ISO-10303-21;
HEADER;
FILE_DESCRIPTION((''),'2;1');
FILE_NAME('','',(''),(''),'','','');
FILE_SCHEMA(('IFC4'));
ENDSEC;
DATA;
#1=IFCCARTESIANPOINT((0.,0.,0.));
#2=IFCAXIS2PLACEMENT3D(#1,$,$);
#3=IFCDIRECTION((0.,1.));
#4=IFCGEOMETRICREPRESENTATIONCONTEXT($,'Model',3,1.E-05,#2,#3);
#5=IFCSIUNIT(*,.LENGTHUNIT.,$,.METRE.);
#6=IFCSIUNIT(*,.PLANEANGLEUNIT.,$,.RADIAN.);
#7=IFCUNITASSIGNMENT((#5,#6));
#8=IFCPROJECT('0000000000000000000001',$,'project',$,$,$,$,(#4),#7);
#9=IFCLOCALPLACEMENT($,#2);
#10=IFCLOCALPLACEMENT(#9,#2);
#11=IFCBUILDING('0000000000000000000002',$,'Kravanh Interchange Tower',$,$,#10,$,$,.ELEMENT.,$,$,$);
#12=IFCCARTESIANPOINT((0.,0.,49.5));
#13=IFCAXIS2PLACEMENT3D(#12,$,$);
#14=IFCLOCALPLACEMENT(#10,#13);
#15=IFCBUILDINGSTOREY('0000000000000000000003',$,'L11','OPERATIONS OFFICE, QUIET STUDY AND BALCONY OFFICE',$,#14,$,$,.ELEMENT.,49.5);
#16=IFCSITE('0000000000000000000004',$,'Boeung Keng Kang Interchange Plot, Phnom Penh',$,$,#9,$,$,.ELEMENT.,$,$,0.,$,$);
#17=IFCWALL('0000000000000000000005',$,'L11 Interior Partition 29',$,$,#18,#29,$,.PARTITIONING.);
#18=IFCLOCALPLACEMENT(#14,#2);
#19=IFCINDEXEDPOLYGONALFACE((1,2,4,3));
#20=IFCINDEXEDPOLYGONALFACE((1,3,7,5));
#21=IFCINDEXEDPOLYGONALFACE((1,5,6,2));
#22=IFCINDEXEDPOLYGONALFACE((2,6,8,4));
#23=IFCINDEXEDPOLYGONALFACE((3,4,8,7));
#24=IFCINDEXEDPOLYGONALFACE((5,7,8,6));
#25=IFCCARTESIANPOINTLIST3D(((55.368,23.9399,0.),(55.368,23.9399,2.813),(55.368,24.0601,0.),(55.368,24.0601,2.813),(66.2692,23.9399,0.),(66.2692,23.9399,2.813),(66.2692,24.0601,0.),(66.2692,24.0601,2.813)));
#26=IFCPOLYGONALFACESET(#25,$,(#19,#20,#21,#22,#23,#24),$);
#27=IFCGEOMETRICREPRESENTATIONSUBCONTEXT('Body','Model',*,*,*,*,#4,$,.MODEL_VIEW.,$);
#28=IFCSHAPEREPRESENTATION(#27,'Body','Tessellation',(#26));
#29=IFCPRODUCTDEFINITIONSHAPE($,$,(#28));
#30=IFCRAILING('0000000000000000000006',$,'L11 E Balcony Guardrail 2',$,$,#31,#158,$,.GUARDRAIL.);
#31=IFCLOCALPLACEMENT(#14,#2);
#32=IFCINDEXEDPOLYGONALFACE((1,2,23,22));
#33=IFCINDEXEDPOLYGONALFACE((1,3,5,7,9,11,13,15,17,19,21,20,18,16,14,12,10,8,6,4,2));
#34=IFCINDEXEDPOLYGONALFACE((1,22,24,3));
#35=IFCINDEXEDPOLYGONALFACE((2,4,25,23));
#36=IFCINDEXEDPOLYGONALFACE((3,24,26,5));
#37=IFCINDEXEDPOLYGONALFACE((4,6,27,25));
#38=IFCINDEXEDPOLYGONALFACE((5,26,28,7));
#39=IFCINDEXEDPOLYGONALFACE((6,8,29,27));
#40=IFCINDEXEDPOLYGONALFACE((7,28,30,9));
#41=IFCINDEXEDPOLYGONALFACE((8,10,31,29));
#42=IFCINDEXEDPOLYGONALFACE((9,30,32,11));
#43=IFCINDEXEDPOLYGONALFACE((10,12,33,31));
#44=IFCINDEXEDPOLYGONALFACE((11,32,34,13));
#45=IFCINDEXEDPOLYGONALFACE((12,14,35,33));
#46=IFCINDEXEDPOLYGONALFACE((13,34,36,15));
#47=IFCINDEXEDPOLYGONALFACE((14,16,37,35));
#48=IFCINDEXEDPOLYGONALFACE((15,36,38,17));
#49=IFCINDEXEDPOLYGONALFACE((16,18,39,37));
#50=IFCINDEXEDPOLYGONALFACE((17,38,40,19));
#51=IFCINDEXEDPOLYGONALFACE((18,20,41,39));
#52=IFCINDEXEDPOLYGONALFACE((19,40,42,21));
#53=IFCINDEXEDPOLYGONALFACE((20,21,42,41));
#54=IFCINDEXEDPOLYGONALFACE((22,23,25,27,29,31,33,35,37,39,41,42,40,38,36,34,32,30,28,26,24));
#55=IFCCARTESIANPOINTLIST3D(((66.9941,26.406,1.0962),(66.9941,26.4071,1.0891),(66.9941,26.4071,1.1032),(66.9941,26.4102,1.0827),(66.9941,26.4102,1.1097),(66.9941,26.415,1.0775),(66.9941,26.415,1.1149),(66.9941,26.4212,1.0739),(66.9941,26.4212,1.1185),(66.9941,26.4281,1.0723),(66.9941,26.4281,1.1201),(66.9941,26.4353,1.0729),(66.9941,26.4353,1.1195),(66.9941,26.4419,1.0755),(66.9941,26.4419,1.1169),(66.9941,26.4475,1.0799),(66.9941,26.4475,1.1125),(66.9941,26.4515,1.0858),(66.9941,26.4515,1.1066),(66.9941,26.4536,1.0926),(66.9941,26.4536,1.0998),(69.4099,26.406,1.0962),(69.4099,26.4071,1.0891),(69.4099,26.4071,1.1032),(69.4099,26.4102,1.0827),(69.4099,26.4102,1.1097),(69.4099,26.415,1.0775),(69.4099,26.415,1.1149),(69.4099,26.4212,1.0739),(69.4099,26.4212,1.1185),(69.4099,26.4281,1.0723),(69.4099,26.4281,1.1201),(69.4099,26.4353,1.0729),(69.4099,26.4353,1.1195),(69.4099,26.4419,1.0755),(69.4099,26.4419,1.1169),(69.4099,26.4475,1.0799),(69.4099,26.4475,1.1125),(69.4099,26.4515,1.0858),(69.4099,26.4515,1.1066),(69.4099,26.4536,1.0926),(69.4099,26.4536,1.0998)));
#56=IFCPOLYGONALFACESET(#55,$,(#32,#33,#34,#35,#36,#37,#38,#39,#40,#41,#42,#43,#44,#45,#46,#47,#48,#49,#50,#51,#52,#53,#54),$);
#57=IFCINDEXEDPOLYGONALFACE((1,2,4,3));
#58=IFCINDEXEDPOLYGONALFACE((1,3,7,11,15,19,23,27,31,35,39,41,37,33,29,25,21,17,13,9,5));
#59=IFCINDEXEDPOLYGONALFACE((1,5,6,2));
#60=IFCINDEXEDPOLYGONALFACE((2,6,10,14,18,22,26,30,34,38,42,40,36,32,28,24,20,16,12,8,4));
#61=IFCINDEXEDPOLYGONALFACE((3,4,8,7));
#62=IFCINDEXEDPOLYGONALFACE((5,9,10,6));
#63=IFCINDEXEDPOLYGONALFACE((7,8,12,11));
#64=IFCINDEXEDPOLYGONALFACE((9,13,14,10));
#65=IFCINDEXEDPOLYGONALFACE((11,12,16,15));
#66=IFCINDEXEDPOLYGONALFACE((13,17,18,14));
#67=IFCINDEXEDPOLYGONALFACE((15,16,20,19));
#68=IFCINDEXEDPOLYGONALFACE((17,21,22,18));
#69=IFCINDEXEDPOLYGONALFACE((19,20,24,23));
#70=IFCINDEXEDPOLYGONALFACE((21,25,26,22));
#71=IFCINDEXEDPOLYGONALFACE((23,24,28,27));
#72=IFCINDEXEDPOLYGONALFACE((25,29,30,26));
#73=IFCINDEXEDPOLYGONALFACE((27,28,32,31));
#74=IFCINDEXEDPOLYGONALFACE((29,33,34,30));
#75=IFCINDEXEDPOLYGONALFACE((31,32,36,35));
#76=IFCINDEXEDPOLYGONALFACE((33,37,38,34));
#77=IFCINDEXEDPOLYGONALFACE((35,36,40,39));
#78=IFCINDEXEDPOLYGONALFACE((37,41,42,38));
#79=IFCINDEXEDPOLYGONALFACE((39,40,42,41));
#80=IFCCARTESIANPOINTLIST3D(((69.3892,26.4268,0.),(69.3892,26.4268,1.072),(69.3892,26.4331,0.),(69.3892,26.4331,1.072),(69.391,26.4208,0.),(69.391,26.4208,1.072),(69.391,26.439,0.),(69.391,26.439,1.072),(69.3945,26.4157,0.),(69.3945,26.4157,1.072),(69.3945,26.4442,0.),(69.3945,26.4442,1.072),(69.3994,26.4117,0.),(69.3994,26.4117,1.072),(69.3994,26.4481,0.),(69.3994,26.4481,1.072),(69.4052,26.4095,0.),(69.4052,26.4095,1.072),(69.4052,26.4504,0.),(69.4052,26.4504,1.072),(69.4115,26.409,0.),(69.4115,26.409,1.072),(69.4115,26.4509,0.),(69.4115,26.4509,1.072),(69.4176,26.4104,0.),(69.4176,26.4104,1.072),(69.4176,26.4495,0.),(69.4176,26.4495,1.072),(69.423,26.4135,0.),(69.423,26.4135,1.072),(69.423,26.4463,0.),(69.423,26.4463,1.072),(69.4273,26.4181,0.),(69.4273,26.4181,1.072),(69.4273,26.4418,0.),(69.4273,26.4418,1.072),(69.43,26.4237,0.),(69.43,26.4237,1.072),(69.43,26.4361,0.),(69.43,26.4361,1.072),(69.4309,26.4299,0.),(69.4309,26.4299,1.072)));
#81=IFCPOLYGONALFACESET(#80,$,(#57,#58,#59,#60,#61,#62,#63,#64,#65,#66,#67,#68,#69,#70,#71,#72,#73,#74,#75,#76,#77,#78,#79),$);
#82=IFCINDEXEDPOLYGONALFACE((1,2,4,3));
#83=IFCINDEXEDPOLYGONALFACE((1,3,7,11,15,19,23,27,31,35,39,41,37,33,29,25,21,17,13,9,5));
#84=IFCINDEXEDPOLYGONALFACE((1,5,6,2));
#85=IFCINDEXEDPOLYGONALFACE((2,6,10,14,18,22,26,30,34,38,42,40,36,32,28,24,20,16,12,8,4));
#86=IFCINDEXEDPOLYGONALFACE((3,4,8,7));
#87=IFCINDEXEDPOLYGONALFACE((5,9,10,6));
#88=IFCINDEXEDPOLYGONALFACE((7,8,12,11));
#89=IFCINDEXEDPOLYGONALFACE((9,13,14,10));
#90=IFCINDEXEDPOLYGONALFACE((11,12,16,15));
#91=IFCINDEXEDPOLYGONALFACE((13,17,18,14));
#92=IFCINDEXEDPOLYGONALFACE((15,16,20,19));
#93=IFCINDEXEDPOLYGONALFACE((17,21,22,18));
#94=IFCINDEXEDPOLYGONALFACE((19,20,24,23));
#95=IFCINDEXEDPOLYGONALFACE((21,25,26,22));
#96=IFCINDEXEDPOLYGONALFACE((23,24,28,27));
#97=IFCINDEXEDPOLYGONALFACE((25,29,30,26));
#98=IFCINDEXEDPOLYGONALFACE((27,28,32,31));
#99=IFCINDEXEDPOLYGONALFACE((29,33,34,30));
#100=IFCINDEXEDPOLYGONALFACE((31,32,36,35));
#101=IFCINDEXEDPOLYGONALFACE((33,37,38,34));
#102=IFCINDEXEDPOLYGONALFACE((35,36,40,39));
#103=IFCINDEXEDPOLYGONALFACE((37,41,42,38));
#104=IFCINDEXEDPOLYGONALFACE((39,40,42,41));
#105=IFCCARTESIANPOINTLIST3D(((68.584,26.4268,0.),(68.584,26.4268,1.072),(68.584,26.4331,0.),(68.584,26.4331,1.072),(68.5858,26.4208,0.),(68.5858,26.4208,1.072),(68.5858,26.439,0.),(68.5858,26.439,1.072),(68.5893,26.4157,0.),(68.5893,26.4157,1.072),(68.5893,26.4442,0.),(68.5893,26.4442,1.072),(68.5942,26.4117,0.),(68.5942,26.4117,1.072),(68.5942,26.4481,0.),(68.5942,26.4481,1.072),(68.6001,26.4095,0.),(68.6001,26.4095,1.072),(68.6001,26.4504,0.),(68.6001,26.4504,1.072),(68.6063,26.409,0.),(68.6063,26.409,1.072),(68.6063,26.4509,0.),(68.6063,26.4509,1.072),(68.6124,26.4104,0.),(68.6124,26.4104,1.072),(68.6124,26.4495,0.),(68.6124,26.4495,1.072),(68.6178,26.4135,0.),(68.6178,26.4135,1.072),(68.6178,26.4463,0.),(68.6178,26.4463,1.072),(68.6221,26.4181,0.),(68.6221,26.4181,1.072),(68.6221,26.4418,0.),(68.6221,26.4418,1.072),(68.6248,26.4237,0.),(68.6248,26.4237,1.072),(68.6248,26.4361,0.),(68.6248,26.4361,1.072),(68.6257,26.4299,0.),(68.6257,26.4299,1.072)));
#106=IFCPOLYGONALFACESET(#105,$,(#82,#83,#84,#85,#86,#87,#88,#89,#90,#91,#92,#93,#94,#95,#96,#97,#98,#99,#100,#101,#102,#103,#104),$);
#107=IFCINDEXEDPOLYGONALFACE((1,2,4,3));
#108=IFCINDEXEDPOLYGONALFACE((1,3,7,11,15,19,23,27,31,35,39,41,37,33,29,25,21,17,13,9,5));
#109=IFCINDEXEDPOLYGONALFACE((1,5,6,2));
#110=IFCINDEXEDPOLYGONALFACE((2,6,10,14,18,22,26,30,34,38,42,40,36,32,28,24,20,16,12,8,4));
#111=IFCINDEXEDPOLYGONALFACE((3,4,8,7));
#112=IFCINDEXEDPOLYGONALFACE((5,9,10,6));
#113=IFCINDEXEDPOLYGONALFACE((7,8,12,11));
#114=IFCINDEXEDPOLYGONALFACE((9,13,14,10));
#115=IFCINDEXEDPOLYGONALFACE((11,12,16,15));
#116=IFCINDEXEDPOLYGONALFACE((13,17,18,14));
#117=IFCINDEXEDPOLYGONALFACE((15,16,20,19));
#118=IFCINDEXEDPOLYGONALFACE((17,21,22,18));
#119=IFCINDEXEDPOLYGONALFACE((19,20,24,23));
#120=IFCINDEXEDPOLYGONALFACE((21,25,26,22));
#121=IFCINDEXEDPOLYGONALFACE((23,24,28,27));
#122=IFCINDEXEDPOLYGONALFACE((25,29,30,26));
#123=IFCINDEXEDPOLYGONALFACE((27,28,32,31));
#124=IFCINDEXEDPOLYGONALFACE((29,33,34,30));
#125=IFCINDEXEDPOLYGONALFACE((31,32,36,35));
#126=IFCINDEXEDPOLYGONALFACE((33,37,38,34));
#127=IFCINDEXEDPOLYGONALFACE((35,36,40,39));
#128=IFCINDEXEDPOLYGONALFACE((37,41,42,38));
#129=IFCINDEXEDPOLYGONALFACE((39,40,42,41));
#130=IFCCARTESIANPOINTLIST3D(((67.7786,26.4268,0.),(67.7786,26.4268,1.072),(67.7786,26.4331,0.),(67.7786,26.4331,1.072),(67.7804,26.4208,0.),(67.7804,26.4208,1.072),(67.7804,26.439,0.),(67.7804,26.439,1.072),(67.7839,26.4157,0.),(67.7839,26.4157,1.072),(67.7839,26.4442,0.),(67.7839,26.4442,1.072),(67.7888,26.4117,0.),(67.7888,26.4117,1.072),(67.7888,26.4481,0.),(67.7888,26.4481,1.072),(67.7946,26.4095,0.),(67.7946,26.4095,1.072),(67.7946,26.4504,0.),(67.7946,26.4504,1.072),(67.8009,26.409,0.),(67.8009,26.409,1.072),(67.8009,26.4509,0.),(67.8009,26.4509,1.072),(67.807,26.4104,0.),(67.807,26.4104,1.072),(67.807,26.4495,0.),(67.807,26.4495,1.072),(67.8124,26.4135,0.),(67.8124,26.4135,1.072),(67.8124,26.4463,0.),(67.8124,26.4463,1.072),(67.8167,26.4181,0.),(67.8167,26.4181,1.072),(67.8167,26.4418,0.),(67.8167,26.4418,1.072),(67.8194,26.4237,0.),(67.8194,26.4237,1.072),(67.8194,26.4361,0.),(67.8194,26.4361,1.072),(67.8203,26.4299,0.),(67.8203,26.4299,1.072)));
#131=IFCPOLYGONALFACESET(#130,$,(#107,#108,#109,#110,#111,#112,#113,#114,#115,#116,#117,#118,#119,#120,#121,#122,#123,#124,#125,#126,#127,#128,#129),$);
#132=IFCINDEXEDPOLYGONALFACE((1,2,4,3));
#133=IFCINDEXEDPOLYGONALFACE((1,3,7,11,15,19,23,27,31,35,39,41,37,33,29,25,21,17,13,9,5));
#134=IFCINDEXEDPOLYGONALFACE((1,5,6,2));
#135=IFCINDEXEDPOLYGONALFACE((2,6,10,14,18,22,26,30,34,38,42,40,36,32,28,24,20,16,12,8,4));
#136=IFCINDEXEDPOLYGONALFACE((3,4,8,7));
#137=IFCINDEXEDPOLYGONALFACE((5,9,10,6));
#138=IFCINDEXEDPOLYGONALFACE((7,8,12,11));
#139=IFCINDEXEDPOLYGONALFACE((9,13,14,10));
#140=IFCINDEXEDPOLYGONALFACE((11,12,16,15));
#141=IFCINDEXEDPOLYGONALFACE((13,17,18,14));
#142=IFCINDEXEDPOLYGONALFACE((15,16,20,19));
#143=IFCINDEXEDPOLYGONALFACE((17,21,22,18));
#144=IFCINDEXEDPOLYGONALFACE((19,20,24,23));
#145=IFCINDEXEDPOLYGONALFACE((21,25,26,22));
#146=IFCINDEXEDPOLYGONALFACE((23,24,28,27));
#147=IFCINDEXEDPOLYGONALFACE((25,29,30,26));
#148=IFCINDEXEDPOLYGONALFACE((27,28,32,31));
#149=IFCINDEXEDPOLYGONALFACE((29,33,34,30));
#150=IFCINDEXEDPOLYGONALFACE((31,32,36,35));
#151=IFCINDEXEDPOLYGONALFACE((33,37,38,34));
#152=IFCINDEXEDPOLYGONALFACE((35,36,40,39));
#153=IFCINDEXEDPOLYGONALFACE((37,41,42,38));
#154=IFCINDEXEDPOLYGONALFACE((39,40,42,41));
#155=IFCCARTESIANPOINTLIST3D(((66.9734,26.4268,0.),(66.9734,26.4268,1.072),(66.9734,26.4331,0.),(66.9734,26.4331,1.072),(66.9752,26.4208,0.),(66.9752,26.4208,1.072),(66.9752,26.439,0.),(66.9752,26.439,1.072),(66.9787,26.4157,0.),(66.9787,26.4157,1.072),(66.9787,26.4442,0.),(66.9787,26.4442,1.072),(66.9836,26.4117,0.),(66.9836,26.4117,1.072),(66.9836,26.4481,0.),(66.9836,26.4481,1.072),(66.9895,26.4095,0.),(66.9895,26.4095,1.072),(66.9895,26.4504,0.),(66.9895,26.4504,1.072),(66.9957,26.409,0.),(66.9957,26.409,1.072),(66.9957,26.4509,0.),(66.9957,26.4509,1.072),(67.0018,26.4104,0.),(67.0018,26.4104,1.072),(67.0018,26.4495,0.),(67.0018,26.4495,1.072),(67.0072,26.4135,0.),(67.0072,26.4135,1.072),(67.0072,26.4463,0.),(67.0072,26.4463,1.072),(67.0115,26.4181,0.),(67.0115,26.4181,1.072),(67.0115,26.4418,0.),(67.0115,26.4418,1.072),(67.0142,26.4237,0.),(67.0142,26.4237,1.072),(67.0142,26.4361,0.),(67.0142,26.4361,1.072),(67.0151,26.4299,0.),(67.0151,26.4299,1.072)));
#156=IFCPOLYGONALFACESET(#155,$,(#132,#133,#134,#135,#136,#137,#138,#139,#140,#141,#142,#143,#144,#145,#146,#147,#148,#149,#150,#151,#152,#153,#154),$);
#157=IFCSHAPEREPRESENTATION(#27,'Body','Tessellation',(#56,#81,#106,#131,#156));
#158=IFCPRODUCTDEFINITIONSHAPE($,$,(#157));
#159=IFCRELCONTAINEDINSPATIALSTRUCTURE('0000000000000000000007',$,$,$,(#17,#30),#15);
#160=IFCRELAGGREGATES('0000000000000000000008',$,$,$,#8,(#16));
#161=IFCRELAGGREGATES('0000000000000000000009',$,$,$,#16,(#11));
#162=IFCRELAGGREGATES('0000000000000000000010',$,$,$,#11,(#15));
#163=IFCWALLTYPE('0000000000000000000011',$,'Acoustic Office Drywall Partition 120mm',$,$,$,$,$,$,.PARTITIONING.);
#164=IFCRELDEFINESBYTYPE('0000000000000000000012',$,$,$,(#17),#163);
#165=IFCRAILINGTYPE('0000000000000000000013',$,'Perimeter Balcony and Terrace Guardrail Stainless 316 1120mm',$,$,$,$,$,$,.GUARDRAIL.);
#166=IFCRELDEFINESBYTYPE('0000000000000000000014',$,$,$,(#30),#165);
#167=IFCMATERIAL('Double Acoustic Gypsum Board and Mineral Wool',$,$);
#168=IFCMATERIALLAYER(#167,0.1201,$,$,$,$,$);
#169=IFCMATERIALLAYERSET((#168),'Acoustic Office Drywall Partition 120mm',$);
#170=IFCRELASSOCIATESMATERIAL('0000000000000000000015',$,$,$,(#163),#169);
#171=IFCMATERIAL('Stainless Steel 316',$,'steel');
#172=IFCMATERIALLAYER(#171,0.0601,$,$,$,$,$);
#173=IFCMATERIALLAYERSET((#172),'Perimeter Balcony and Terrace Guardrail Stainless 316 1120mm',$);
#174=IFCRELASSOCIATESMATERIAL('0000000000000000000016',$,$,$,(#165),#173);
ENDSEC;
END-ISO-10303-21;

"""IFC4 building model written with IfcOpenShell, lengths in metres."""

from ifc_helpers import new_model, si_unit, direction, frame, frame_2d, origin, origin_2d, place, context, subcontext, project, spatial, rectangle, circle, extrude, material, layer, layer_set, type_object, element, save


model = new_model("IFC4")

# Units and contexts
model_context = context("Model", 3, precision=1e-05, world=origin(), true_north=direction((0.0, 1.0)))
body_context = subcontext(model_context, "Body", "Model", "MODEL_VIEW")
ifc_project = project(units=[si_unit("LENGTHUNIT", "METRE"), si_unit("PLANEANGLEUNIT", "RADIAN")], contexts=[model_context])

# Site, building, storey
site_placement = place(None, origin())
site = spatial("IfcSite", under=ifc_project, at=site_placement, Name="Boeung Keng Kang Interchange Plot, Phnom Penh", CompositionType="ELEMENT", RefElevation=0.0)
building_placement = place(site_placement, origin())
building = spatial("IfcBuilding", under=site, at=building_placement, Name="Kravanh Interchange Tower", CompositionType="ELEMENT")
storey_placement = place(building_placement, frame((0.0, 0.0, 49.5)))
storey = spatial("IfcBuildingStorey", under=building, at=storey_placement, Name="L11", Description="OPERATIONS OFFICE, QUIET STUDY AND BALCONY OFFICE", CompositionType="ELEMENT", Elevation=49.5)

# Shared definitions
ifc_material_1 = material(Name="Double Acoustic Gypsum Board and Mineral Wool")
ifc_layer_1 = layer(ifc_material_1, 0.1201)
ifc_layer_set_1 = layer_set([ifc_layer_1], Name="Acoustic Office Drywall Partition 120mm")
wall_type = type_object("IfcWallType", Name="Acoustic Office Drywall Partition 120mm", PredefinedType="PARTITIONING", material=ifc_layer_set_1)

# Wall
wall_1_placement = place(storey_placement, frame((55.3679, 24.0, 0.0), z_axis=(0.0, 0.0, 1.0), x_axis=(1.0, 0.0, 0.0)))
element("IfcWall", 1, at=wall_1_placement, inside=storey, type_object=wall_type, Name="L11 Interior Partition 29", PredefinedType="PARTITIONING", context=body_context, shape_type="SweptSolid", body=[
    extrude(rectangle(XDim=10.9011, YDim=0.1201, at=frame_2d((5.4507, 0.0))), origin(), (0.0, 0.0, 1.0), 2.813),
])

# Railing
ifc_material_2 = material(Name="Stainless Steel 316", Category="steel")
ifc_layer_2 = layer(ifc_material_2, 0.0601)
ifc_layer_set_2 = layer_set([ifc_layer_2], Name="Perimeter Balcony and Terrace Guardrail Stainless 316 1120mm")
railing_type = type_object("IfcRailingType", Name="Perimeter Balcony and Terrace Guardrail Stainless 316 1120mm", PredefinedType="GUARDRAIL", material=ifc_layer_set_2)
railing_placement = place(storey_placement, frame((69.4099, 26.4299, 0.0)))
element("IfcRailing", 2, at=railing_placement, inside=storey, type_object=railing_type, Name="L11 E Balcony Guardrail 2", PredefinedType="GUARDRAIL", context=body_context, shape_type="SweptSolid", body=[
    extrude(circle(Radius=0.0239, at=origin_2d()), frame((0.0, 0.0, 1.0962), z_axis=(-1.0, 0.0, 0.0), x_axis=(0.0, -1.0, 0.0)), (0.0, 0.0, 1.0), 2.4158),
    extrude(circle(Radius=0.021, at=origin_2d()), origin(), (0.0, 0.0, 1.0), 1.072),
    extrude(circle(Radius=0.021, at=origin_2d()), frame((-0.8052, 0.0, 0.0)), (0.0, 0.0, 1.0), 1.072),
    extrude(circle(Radius=0.021, at=origin_2d()), frame((-1.6106, 0.0, 0.0)), (0.0, 0.0, 1.0), 1.072),
    extrude(circle(Radius=0.021, at=origin_2d()), frame((-2.4158, 0.0, 0.0)), (0.0, 0.0, 1.0), 1.072),
])

save(model, "model.ifc")
